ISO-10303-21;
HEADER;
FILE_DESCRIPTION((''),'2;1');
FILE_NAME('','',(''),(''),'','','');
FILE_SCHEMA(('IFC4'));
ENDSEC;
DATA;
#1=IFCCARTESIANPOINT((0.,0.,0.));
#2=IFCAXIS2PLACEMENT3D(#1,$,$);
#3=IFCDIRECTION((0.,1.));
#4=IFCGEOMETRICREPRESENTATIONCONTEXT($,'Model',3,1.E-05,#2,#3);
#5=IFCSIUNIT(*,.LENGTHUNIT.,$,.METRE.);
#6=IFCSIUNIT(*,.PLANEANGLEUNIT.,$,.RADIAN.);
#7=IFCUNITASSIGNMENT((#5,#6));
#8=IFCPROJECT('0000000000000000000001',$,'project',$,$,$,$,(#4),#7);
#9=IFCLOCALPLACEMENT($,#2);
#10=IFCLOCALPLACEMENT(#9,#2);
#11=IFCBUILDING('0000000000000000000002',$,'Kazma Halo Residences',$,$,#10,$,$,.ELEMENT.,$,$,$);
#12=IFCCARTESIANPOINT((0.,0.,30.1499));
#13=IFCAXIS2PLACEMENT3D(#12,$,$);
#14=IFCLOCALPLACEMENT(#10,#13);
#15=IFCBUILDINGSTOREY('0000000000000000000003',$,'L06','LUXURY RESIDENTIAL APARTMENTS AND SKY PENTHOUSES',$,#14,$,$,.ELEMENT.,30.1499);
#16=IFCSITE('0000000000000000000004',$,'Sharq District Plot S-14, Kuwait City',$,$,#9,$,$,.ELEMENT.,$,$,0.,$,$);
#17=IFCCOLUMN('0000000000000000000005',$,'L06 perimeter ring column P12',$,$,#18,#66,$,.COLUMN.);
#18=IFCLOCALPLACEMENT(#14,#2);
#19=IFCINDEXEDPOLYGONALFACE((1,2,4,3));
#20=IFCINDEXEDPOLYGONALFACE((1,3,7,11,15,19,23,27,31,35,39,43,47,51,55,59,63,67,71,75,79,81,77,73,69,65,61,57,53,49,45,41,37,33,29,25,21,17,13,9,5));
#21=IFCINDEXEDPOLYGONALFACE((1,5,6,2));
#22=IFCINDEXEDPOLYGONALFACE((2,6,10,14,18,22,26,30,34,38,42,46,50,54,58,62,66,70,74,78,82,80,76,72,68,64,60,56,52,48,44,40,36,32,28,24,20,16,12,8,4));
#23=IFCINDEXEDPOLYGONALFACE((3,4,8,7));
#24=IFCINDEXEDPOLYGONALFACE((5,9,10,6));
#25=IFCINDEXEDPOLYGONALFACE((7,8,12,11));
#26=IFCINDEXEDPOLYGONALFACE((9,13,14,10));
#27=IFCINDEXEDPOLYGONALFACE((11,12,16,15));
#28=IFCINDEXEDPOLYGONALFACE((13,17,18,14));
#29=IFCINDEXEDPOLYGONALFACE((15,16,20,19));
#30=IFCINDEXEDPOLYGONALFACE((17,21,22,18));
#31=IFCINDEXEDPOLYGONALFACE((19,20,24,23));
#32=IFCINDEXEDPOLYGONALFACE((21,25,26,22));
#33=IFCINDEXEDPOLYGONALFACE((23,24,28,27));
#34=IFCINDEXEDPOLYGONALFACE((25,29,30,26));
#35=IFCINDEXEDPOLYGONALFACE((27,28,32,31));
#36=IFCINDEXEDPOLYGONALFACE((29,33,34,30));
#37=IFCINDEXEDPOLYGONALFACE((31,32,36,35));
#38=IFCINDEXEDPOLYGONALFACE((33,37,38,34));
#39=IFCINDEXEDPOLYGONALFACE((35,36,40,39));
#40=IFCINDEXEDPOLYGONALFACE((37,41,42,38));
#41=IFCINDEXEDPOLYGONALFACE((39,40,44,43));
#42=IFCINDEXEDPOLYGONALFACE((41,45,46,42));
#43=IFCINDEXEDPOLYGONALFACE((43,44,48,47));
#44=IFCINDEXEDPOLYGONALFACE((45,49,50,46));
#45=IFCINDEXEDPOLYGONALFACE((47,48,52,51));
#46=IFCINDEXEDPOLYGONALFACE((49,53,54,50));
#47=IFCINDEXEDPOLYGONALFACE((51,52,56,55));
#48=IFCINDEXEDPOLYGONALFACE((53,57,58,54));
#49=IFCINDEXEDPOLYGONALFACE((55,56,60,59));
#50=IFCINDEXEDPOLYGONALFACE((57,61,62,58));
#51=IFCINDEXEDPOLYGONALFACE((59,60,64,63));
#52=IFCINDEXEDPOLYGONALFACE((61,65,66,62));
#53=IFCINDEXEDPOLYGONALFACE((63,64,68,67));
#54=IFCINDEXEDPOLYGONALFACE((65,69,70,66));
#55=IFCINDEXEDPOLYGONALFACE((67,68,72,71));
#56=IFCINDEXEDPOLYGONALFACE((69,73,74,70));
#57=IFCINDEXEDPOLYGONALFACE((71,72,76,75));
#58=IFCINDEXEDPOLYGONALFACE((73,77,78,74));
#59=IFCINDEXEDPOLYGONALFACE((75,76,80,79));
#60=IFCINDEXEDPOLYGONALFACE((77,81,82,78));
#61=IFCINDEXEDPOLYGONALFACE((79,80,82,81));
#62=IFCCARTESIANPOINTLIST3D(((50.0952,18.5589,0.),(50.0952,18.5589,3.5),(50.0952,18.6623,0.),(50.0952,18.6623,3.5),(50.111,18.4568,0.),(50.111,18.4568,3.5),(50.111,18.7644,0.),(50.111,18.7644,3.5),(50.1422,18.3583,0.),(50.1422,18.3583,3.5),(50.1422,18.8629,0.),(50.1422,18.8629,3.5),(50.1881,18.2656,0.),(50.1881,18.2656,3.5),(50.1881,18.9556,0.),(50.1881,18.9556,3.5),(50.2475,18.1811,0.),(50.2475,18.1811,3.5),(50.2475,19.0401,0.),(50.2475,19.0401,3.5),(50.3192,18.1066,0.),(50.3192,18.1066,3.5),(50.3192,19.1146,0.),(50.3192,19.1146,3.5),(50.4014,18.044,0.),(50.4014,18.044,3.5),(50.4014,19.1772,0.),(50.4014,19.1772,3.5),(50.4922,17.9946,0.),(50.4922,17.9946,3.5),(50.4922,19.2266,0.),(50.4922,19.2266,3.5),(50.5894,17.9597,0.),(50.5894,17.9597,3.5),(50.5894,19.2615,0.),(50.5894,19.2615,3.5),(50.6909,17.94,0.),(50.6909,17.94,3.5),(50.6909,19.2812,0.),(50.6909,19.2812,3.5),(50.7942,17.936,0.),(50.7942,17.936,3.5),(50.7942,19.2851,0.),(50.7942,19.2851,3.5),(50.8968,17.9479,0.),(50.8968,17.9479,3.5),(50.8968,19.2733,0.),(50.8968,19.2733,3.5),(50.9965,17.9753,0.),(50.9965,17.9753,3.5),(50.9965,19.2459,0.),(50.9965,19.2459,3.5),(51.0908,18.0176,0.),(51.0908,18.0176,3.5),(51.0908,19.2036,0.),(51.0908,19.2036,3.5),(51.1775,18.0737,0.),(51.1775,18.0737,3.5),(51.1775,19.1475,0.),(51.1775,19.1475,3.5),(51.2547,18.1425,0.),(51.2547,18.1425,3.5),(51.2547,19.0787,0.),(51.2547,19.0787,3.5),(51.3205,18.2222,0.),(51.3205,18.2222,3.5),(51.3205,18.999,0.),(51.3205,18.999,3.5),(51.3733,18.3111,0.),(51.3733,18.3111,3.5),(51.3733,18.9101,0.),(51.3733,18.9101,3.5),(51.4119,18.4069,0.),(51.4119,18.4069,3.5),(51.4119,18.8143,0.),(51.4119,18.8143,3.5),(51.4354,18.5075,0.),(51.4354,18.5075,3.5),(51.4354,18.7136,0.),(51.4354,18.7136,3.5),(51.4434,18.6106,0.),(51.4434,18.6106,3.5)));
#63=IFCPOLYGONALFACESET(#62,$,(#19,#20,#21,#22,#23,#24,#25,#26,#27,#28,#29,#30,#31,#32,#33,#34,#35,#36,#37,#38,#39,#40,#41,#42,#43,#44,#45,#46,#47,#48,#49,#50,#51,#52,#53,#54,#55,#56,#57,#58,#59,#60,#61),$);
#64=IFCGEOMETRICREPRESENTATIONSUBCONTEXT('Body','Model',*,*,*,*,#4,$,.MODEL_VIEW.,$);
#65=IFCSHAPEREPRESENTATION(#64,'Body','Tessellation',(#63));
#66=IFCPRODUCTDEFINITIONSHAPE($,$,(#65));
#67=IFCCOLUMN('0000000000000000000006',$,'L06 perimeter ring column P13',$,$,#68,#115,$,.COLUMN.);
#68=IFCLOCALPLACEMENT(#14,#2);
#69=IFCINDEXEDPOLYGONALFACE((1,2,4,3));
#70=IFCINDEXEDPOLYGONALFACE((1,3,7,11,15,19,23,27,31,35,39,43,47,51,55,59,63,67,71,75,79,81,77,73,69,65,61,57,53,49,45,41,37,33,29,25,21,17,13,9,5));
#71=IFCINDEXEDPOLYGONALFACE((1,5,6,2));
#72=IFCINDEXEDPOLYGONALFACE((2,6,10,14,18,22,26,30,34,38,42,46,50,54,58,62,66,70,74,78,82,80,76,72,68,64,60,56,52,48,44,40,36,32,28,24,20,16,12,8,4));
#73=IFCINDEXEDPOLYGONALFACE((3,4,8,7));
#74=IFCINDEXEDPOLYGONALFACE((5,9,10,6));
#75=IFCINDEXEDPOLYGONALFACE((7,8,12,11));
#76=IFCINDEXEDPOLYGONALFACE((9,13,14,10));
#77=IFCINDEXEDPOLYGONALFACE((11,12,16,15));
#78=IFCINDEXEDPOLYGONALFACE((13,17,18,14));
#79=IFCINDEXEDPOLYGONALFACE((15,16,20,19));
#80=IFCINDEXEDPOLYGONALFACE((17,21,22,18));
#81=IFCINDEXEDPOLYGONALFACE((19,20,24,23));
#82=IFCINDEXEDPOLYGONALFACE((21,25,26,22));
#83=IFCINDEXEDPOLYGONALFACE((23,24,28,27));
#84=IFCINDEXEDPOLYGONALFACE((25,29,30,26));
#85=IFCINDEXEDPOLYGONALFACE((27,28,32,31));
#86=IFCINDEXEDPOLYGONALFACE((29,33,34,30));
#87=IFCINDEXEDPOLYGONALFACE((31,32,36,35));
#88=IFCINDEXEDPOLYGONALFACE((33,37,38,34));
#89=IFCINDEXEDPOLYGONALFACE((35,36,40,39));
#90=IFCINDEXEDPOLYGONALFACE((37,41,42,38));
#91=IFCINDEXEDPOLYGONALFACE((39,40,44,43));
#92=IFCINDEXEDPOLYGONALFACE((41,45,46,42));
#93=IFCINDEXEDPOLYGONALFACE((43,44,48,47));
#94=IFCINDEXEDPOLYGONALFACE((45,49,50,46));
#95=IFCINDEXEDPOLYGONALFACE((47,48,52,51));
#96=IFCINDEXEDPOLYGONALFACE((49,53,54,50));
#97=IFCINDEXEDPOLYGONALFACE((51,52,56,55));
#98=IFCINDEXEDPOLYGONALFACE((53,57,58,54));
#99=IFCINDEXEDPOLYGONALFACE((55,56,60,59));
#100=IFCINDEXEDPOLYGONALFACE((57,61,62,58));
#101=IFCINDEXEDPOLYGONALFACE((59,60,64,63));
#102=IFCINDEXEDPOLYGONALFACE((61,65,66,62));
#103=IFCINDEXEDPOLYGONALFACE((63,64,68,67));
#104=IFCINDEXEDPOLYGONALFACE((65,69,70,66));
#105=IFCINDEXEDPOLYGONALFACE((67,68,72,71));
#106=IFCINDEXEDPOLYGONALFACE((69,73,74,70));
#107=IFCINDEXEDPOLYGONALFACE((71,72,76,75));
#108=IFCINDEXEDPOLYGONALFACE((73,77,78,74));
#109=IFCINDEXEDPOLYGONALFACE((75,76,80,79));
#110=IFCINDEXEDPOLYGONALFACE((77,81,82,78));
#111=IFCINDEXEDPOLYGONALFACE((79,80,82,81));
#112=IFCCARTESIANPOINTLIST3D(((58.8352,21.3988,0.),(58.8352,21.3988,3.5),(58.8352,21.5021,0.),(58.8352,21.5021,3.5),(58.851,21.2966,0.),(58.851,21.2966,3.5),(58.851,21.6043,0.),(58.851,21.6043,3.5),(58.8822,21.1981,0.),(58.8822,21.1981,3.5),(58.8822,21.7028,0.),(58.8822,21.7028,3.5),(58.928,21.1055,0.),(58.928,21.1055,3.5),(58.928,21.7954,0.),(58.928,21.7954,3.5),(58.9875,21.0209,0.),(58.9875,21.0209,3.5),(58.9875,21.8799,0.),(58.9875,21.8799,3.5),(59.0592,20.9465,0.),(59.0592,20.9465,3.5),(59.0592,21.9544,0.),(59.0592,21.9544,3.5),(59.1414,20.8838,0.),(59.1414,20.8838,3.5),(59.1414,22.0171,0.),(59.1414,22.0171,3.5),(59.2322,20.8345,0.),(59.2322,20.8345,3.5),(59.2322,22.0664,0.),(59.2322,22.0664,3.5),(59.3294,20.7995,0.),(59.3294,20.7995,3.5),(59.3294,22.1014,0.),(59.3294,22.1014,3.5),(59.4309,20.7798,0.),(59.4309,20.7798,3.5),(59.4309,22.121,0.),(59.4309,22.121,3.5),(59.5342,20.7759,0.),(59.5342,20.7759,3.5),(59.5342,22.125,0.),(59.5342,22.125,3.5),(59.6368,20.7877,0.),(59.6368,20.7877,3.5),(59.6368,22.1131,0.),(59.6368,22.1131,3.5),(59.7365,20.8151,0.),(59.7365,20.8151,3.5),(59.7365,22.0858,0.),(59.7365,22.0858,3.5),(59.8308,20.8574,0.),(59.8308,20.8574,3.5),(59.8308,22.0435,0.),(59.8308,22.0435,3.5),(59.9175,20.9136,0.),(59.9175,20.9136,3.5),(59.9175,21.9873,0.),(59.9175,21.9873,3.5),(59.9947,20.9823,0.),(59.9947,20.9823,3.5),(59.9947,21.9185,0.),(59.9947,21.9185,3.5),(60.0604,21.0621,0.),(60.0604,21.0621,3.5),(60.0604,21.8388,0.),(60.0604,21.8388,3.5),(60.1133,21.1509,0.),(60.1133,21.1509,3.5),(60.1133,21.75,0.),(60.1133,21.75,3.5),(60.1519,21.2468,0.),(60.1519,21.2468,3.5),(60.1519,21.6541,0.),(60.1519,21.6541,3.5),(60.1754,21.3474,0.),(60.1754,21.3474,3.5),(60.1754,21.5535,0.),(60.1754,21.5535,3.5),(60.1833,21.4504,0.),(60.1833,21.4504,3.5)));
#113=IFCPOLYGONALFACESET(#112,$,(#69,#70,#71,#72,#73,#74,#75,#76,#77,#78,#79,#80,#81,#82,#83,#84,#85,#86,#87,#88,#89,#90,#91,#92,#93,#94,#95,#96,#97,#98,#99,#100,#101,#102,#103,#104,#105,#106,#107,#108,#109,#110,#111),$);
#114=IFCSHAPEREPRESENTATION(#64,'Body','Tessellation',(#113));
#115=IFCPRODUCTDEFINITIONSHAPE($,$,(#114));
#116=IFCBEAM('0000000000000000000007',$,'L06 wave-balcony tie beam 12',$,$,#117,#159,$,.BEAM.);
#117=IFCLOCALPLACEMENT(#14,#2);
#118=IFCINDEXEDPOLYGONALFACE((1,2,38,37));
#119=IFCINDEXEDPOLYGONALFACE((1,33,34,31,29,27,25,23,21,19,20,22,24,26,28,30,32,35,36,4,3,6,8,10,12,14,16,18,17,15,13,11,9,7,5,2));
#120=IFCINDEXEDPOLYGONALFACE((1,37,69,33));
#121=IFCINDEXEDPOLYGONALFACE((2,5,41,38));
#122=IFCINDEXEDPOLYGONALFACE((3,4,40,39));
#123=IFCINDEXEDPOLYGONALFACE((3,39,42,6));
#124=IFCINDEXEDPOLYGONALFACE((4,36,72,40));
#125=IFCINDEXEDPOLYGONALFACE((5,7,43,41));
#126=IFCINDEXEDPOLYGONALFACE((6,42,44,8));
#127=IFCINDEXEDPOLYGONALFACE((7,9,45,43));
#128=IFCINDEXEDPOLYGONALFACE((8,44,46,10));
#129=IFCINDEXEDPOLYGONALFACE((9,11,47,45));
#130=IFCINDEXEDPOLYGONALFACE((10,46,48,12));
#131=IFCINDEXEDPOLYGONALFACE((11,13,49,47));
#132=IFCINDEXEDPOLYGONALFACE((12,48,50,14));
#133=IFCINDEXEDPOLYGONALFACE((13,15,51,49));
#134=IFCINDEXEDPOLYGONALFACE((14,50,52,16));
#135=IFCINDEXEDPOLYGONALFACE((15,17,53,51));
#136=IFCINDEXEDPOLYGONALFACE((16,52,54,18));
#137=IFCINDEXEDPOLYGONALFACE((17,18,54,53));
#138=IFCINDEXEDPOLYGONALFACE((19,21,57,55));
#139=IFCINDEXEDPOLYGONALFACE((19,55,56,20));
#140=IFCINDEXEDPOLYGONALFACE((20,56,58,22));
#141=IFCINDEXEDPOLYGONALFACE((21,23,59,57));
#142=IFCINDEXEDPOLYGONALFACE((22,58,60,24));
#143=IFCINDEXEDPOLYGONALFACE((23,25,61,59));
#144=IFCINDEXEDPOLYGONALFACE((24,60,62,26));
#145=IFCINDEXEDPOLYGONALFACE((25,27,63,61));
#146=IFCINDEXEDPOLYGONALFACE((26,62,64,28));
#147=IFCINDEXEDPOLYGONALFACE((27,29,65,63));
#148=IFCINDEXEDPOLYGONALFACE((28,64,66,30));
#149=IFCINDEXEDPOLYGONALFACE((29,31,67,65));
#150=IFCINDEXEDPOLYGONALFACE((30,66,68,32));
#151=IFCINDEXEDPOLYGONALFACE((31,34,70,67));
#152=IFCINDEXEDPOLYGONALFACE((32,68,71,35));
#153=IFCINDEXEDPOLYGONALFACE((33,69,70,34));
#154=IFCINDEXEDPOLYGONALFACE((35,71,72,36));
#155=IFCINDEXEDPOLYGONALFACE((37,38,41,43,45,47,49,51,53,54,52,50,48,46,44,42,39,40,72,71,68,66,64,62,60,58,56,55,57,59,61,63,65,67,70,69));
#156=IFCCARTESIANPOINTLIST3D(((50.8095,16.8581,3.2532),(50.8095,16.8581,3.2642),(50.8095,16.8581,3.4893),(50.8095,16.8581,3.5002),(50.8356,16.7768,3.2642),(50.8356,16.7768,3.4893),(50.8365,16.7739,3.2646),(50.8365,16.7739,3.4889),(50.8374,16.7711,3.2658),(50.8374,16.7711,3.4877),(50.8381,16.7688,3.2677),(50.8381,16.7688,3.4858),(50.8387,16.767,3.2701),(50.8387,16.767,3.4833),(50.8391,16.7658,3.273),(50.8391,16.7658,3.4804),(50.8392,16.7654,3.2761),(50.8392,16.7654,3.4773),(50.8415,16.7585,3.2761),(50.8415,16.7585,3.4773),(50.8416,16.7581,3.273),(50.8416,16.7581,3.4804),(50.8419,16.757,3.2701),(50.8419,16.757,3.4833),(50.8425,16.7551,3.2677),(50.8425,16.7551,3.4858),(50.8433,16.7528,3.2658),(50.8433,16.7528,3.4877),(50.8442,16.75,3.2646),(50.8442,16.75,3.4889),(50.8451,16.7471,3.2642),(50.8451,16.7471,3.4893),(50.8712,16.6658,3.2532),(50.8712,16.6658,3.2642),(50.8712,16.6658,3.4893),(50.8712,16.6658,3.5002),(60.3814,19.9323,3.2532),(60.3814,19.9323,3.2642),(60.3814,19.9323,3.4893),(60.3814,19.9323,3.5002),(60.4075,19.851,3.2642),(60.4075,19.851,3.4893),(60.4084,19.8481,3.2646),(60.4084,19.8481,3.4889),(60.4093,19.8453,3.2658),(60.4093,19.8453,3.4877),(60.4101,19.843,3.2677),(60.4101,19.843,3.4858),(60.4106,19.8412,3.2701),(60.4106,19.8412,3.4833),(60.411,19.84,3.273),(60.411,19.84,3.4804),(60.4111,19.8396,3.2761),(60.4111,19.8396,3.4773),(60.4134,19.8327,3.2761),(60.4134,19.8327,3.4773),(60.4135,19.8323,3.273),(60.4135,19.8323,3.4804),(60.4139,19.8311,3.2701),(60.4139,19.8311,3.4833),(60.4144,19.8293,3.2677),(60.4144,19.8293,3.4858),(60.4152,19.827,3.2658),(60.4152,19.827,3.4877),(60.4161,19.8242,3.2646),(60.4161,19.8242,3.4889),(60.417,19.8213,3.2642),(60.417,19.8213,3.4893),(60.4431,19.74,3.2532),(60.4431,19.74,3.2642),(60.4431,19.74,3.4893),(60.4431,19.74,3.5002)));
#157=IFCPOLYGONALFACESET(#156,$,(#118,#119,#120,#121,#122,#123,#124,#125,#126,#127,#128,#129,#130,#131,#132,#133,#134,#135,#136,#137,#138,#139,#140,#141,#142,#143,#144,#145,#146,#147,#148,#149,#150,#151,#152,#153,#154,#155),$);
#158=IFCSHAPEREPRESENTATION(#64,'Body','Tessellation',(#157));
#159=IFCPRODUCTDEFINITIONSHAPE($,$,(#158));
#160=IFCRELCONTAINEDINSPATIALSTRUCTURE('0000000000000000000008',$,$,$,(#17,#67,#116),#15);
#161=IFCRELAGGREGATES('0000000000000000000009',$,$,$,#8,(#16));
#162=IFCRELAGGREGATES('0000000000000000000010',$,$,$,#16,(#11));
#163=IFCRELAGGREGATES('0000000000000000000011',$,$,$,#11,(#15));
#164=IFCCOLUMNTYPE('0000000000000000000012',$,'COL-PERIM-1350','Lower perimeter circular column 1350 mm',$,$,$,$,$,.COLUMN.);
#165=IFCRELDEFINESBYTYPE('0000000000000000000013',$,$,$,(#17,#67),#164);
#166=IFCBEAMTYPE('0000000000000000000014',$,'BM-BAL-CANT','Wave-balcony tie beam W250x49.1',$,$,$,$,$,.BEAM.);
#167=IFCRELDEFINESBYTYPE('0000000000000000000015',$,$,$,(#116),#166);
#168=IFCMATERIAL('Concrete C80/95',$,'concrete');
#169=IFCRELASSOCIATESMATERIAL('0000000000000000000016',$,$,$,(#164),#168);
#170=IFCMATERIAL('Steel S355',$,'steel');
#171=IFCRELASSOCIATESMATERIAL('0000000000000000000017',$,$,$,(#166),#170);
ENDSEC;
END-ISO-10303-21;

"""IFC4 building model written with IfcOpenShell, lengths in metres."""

from ifc_helpers import new_model, si_unit, direction, frame, origin, origin_2d, place, context, subcontext, project, spatial, circle, i_section, extrude, material, material_profile, profile_set, type_object, element, save


model = new_model("IFC4")

# Units and contexts
model_context = context("Model", 3, precision=1e-05, world=origin(), true_north=direction((0.0, 1.0)))
body_context = subcontext(model_context, "Body", "Model", "MODEL_VIEW")
ifc_project = project(units=[si_unit("LENGTHUNIT", "METRE"), si_unit("PLANEANGLEUNIT", "RADIAN")], contexts=[model_context])

# Site, building, storey
site_placement = place(None, origin())
site = spatial("IfcSite", under=ifc_project, at=site_placement, Name="Sharq District Plot S-14, Kuwait City", CompositionType="ELEMENT", RefElevation=0.0)
building_placement = place(site_placement, origin())
building = spatial("IfcBuilding", under=site, at=building_placement, Name="Kazma Halo Residences", CompositionType="ELEMENT")
storey_placement = place(building_placement, frame((0.0, 0.0, 30.1499)))
storey = spatial("IfcBuildingStorey", under=building, at=storey_placement, Name="L06", Description="LUXURY RESIDENTIAL APARTMENTS AND SKY PENTHOUSES", CompositionType="ELEMENT", Elevation=30.1499)

# Columns
ifc_material_1 = material(Name="Concrete C80/95", Category="concrete")
ifc_material_profile_1 = material_profile(ifc_material_1, circle(Radius=0.675, at=origin_2d()), Name="CIRC1350")
ifc_profile_set_1 = profile_set([ifc_material_profile_1], Name="Concrete C80/95")
column_type = type_object("IfcColumnType", Name="COL-PERIM-1350", Description="Lower perimeter circular column 1350 mm", PredefinedType="COLUMN", material=ifc_profile_set_1)
for number, where, z_axis, x_axis, name in (
    (1, (50.7683, 18.6106, 0.0), (0.0, 0.0, 1.0), (1.0, 0.0, 0.0), "L06 perimeter ring column P12"),
    (2, (59.5083, 21.4504, 0.0), (0.0, 0.0, 1.0), (1.0, 0.0, 0.0), "L06 perimeter ring column P13"),
):
    element("IfcColumn", number, at=place(storey_placement, frame(where, z_axis=z_axis, x_axis=x_axis)), inside=storey, type_object=column_type, Name=name, PredefinedType="COLUMN", context=body_context, shape_type="SweptSolid", body=[
        extrude(circle(Radius=0.675, at=origin_2d()), origin(), (0.0, 0.0, 1.0), 3.5),
    ])

# Beam
ifc_material_2 = material(Name="Steel S355", Category="steel")
ifc_material_profile_2 = material_profile(ifc_material_2, i_section(OverallWidth=0.2019, OverallDepth=0.2471, WebThickness=0.0073, FlangeThickness=0.011, FilletRadius=0.012, at=origin_2d()), Name="W250x49.1")
ifc_profile_set_2 = profile_set([ifc_material_profile_2], Name="Steel S355")
beam_type_1 = type_object("IfcBeamType", Name="BM-BAL-CANT", Description="Wave-balcony tie beam W250x49.1", PredefinedType="BEAM", material=ifc_profile_set_2)
beam_1_placement = place(storey_placement, frame((50.8403, 16.762, 3.3767), z_axis=(0.952101, 0.305784, 0.0), x_axis=(-0.305784, 0.952101, 0.0)))
element("IfcBeam", 3, at=beam_1_placement, inside=storey, type_object=beam_type_1, Name="L06 wave-balcony tie beam 12", PredefinedType="BEAM", context=body_context, shape_type="SweptSolid", body=[
    extrude(i_section(OverallWidth=0.2019, OverallDepth=0.2471, WebThickness=0.0073, FlangeThickness=0.011, FilletRadius=0.012, at=origin_2d()), origin(), (0.0, 0.0, 1.0), 10.0535),
])

save(model, "model.ifc")
